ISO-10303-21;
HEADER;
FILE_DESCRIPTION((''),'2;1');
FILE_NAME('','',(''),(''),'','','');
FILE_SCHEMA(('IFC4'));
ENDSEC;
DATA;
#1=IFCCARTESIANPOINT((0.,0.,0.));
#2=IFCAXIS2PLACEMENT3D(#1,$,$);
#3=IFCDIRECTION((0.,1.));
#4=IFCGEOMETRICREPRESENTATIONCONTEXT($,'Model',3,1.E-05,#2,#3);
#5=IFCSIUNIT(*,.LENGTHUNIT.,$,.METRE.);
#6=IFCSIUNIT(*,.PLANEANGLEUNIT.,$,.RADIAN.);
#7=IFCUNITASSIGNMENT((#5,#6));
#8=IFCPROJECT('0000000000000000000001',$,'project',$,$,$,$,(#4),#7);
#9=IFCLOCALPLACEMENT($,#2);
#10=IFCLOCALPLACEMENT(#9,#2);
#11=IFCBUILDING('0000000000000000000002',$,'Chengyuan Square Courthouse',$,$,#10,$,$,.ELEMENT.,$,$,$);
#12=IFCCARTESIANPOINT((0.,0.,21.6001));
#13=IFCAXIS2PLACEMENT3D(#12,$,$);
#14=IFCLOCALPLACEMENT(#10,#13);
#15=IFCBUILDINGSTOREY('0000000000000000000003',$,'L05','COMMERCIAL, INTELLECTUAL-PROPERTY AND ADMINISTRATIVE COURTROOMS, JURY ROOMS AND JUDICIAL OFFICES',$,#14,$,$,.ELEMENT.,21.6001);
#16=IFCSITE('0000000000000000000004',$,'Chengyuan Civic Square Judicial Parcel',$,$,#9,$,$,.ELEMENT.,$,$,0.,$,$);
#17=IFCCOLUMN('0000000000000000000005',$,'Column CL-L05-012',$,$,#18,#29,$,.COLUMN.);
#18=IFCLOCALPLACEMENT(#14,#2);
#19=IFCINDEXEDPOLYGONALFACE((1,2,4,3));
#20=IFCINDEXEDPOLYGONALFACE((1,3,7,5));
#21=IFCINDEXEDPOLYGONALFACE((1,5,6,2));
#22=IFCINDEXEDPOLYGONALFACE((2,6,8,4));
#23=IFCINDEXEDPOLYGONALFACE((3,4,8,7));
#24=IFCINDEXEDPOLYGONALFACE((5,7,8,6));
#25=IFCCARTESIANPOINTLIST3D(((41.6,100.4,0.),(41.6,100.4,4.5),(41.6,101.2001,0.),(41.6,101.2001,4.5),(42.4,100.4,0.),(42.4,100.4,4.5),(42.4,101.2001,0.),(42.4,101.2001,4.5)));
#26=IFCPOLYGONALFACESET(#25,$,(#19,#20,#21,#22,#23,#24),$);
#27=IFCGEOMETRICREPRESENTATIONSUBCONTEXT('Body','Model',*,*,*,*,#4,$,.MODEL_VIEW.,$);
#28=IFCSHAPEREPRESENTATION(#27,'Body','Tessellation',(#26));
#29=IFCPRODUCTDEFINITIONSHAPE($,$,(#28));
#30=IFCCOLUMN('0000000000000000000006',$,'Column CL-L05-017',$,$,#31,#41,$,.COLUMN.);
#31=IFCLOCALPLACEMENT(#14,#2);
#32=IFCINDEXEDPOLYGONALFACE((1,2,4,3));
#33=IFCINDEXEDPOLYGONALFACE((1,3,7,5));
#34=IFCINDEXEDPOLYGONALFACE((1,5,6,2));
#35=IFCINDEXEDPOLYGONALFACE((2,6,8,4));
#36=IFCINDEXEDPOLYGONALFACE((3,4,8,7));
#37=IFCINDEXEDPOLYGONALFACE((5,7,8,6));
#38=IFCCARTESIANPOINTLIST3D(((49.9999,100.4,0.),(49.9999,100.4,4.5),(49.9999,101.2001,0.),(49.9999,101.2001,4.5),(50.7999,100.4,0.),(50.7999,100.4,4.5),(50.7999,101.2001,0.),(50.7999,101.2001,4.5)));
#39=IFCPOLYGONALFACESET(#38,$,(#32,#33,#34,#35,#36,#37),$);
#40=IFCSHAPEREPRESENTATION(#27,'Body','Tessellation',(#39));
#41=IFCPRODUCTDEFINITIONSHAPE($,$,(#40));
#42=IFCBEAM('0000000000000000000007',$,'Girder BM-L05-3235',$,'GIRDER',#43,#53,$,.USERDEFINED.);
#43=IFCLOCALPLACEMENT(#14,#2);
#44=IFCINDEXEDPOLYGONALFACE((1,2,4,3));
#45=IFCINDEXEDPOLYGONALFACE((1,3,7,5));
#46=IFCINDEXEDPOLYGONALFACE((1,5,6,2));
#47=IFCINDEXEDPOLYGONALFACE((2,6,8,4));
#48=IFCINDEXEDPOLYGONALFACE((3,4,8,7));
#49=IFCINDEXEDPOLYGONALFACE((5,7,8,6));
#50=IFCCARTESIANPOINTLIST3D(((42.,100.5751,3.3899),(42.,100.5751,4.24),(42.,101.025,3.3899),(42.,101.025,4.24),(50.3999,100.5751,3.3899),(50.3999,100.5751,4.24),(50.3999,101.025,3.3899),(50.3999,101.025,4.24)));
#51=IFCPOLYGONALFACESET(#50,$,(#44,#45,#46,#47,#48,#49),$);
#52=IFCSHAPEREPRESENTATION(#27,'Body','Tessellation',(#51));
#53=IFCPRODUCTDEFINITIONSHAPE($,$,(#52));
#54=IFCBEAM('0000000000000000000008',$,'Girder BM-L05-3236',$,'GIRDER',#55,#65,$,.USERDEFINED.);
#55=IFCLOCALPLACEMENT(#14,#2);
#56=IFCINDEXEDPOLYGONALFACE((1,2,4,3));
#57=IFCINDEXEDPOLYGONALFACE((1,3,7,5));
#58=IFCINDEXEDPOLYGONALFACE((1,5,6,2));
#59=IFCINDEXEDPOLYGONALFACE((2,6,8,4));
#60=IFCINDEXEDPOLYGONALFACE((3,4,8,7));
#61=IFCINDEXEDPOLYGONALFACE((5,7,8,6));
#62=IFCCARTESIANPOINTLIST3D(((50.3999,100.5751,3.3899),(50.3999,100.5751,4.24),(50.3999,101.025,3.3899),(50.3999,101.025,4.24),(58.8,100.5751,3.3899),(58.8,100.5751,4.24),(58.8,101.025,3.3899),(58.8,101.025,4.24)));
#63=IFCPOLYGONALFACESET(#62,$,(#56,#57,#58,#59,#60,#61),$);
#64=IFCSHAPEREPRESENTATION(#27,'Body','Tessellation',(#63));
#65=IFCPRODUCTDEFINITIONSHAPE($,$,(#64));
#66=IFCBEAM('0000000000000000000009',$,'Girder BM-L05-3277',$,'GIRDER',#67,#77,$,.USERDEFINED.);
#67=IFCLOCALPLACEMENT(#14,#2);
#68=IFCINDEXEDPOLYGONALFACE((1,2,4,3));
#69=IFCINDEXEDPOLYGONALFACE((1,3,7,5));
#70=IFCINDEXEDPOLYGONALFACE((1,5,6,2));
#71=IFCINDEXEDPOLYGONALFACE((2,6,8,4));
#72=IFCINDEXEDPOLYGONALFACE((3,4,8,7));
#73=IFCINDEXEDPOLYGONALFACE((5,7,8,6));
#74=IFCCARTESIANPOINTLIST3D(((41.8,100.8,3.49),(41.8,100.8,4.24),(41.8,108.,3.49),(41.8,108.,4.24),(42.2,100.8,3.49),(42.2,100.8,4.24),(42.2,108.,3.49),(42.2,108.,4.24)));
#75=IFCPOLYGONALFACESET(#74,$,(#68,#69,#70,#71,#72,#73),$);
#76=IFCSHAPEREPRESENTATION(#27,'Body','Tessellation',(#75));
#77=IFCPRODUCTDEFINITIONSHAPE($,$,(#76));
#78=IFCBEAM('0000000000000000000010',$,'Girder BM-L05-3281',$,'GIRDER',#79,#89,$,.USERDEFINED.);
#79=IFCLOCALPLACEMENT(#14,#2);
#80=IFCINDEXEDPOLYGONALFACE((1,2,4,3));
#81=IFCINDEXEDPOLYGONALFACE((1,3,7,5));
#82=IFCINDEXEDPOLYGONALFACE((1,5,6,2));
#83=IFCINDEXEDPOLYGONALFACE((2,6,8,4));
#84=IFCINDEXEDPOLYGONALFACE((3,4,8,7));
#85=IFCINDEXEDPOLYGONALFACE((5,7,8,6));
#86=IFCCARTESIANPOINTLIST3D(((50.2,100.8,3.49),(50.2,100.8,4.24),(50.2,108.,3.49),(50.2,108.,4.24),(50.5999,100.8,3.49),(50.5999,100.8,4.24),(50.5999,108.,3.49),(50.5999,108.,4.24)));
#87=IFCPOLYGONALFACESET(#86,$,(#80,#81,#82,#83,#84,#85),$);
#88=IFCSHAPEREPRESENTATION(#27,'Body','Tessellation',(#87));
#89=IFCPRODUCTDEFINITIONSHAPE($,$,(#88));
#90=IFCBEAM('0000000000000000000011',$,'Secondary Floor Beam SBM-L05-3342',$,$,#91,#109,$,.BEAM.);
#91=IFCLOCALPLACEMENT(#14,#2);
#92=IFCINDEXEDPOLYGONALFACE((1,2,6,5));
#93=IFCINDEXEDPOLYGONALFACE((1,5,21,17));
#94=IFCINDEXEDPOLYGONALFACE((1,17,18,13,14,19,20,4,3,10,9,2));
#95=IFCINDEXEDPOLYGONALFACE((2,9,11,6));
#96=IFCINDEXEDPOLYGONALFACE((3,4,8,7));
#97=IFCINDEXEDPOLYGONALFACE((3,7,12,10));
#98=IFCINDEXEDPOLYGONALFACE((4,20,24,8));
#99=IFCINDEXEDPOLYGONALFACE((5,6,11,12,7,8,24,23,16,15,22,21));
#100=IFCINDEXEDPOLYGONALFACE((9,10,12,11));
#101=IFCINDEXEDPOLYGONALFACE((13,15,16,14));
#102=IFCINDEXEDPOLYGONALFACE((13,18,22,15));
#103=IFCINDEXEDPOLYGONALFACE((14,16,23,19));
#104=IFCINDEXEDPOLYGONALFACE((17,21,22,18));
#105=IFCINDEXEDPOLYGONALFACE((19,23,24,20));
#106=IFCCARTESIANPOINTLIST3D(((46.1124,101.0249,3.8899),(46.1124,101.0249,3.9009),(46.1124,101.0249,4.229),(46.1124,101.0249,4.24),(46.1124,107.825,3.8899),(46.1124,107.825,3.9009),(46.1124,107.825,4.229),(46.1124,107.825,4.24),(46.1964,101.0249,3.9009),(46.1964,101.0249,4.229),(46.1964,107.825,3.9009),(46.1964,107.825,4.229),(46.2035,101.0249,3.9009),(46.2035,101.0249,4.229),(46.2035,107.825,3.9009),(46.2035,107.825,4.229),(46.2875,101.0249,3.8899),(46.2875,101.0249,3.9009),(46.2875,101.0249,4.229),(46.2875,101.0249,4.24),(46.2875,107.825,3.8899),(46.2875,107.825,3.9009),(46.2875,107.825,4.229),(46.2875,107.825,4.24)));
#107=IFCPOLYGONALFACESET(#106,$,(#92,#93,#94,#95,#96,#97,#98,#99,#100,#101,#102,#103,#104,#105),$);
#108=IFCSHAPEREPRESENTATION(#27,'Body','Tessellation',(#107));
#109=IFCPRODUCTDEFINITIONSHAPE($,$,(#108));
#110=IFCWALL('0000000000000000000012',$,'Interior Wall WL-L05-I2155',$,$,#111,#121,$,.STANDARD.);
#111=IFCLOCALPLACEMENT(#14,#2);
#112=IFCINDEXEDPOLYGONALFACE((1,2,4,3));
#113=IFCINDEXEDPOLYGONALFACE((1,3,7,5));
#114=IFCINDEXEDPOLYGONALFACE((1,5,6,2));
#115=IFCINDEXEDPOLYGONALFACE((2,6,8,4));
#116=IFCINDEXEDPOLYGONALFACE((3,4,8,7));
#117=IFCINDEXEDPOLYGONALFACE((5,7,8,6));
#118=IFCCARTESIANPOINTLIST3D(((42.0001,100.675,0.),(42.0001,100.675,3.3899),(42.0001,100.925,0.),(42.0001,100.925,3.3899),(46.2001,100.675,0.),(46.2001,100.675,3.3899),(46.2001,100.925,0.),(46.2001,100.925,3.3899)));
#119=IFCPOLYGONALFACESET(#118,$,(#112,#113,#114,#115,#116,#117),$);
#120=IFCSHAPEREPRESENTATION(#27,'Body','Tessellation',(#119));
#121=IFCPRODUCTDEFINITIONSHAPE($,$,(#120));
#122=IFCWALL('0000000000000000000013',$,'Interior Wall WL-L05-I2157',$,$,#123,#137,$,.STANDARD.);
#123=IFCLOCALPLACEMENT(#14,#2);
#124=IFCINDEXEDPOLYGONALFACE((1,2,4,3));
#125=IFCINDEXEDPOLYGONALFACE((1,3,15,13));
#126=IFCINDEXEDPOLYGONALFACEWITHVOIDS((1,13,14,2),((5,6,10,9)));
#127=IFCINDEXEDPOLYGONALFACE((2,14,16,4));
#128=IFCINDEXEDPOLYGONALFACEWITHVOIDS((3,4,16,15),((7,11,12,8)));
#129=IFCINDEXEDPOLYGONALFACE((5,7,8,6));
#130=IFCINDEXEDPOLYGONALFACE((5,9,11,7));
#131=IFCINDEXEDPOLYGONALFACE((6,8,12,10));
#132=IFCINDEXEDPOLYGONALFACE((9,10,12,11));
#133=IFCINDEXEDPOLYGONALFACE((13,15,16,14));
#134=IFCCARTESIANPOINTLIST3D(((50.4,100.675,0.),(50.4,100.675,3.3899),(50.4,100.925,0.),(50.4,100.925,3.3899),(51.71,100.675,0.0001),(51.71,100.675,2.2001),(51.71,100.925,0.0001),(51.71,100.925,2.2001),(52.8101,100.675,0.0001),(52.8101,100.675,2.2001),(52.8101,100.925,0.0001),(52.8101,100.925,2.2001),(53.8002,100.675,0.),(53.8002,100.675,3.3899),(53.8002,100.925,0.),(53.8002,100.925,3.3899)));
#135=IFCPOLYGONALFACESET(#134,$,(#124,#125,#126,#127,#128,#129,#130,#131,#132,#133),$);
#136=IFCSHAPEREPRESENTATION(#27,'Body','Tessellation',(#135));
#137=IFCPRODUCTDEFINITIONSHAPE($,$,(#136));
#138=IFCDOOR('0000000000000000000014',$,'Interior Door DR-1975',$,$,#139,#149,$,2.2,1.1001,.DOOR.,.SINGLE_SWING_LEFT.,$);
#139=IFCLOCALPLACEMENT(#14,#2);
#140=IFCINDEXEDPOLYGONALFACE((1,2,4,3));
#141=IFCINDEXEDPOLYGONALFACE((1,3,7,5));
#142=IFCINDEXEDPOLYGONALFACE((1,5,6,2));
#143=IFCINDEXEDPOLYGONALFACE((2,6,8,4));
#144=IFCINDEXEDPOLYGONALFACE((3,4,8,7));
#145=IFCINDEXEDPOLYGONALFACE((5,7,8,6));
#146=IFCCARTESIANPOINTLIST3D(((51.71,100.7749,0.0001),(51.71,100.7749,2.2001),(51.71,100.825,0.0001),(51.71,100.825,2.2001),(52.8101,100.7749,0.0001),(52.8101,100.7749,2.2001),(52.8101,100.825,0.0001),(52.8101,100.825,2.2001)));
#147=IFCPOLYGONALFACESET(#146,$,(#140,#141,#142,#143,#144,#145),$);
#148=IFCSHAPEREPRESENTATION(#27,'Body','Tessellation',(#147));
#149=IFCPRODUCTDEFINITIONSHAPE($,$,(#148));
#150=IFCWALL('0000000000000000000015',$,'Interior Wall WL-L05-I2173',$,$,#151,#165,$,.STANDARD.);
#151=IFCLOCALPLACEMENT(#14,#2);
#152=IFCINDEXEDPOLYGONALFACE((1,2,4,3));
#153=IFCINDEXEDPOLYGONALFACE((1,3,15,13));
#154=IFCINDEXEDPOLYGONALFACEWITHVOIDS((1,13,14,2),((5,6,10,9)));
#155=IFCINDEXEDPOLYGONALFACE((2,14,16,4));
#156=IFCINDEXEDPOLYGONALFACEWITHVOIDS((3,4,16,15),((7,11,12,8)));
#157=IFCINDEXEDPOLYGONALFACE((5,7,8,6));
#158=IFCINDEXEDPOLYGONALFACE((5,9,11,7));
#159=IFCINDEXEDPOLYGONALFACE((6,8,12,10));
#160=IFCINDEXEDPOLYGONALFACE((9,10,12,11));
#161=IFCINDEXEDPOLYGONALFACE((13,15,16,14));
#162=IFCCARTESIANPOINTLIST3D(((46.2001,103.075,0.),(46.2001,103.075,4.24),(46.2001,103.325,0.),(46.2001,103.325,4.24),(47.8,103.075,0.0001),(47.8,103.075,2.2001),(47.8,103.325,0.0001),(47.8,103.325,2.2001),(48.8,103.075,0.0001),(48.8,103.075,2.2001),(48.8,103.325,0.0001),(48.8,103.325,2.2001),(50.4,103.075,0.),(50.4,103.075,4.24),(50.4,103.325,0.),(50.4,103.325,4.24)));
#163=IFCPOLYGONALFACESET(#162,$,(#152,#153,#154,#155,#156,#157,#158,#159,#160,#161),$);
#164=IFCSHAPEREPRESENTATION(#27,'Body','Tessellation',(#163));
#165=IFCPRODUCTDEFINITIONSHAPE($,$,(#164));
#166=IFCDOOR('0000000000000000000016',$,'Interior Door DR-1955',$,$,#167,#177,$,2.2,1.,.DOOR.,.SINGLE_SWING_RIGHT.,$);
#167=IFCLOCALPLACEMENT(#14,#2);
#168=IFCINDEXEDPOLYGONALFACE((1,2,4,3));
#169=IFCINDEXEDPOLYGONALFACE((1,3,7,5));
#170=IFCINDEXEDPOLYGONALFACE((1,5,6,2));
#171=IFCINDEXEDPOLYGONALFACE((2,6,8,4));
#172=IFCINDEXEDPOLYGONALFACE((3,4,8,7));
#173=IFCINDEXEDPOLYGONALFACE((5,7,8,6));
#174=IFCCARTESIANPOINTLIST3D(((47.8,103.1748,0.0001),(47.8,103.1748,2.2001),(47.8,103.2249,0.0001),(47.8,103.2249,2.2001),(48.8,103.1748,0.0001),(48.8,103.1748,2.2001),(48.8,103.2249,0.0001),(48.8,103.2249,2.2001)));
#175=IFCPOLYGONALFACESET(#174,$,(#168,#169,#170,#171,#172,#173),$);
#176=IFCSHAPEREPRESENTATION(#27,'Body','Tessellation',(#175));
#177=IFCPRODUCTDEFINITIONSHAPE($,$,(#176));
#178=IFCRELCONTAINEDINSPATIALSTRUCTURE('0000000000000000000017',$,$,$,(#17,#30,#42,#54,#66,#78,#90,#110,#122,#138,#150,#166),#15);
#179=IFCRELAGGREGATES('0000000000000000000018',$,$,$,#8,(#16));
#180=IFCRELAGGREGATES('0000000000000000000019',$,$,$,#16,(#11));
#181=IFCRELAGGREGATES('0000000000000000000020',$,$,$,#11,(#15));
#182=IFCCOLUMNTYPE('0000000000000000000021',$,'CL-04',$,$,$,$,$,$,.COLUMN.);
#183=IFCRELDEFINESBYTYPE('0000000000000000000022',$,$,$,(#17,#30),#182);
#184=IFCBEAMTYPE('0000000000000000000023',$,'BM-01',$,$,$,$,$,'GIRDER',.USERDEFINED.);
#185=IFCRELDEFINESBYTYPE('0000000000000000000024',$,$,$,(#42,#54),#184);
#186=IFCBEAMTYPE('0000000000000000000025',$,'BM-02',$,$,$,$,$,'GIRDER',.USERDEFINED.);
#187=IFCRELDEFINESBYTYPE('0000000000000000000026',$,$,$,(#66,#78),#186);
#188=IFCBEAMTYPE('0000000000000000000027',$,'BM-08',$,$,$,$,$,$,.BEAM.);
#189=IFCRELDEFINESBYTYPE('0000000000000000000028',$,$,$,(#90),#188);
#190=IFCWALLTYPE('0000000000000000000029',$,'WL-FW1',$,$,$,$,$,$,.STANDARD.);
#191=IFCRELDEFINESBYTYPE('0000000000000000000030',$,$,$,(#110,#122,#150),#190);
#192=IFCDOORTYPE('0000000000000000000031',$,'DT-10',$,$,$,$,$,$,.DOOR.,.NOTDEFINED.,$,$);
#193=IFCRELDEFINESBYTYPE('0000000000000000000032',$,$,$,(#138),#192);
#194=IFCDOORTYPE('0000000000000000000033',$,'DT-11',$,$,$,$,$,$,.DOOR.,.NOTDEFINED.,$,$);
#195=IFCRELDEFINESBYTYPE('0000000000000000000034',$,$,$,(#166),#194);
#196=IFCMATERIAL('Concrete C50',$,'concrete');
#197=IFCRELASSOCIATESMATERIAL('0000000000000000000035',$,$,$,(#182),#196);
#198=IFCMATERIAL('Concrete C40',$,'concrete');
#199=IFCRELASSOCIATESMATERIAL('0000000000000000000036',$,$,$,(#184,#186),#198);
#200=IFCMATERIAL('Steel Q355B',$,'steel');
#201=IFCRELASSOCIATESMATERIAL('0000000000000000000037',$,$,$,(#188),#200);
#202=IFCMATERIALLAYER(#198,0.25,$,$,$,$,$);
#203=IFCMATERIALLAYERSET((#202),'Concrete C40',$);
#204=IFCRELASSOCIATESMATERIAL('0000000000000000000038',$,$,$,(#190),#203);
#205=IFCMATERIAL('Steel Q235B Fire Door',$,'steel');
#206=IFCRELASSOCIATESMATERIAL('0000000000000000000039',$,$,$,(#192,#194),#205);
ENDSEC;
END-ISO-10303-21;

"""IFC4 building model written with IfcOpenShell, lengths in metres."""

from ifc_helpers import new_model, si_unit, direction, frame, frame_2d, origin, origin_2d, place, context, subcontext, project, spatial, rectangle, i_section, extrude, material, layer, layer_set, material_profile, profile_set, type_object, element, fill, save


model = new_model("IFC4")

# Units and contexts
model_context = context("Model", 3, precision=1e-05, world=origin(), true_north=direction((0.0, 1.0)))
body_context = subcontext(model_context, "Body", "Model", "MODEL_VIEW")
ifc_project = project(units=[si_unit("LENGTHUNIT", "METRE"), si_unit("PLANEANGLEUNIT", "RADIAN")], contexts=[model_context])

# Site, building, storey
site_placement = place(None, origin())
site = spatial("IfcSite", under=ifc_project, at=site_placement, Name="Chengyuan Civic Square Judicial Parcel", CompositionType="ELEMENT", RefElevation=0.0)
building_placement = place(site_placement, origin())
building = spatial("IfcBuilding", under=site, at=building_placement, Name="Chengyuan Square Courthouse", CompositionType="ELEMENT")
storey_placement = place(building_placement, frame((0.0, 0.0, 21.6001)))
storey = spatial("IfcBuildingStorey", under=building, at=storey_placement, Name="L05", Description="COMMERCIAL, INTELLECTUAL-PROPERTY AND ADMINISTRATIVE COURTROOMS, JURY ROOMS AND JUDICIAL OFFICES", CompositionType="ELEMENT", Elevation=21.6001)

# Columns
ifc_material_1 = material(Name="Concrete C50", Category="concrete")
ifc_material_profile_1 = material_profile(ifc_material_1, rectangle(XDim=0.8, YDim=0.8, at=origin_2d()), Name="RC-COL-800x800")
ifc_profile_set_1 = profile_set([ifc_material_profile_1], Name="Concrete C50")
column_type = type_object("IfcColumnType", Name="CL-04", PredefinedType="COLUMN", material=ifc_profile_set_1)
for number, where, z_axis, x_axis, name in (
    (1, (42.0, 100.8, 0.0), (0.0, 0.0, 1.0), (1.0, 0.0, 0.0), "Column CL-L05-012"),
    (2, (50.3999, 100.8, 0.0), (0.0, 0.0, 1.0), (1.0, 0.0, 0.0), "Column CL-L05-017"),
):
    element("IfcColumn", number, at=place(storey_placement, frame(where, z_axis=z_axis, x_axis=x_axis)), inside=storey, type_object=column_type, Name=name, PredefinedType="COLUMN", context=body_context, shape_type="SweptSolid", body=[
        extrude(rectangle(XDim=0.8, YDim=0.8, at=origin_2d()), origin(), (0.0, 0.0, 1.0), 4.5),
    ])

# Beams
ifc_material_2 = material(Name="Concrete C40", Category="concrete")
ifc_material_profile_2 = material_profile(ifc_material_2, rectangle(XDim=0.45, YDim=0.8501, at=origin_2d()), Name="RC-BM-450x850")
ifc_profile_set_2 = profile_set([ifc_material_profile_2], Name="Concrete C40")
beam_type_1 = type_object("IfcBeamType", Name="BM-01", ElementType="GIRDER", PredefinedType="USERDEFINED", material=ifc_profile_set_2)
beam_1_placement = place(storey_placement, frame((42.0, 100.8, 3.8149), z_axis=(1.0, 0.0, 0.0), x_axis=(0.0, 1.0, 0.0)))
element("IfcBeam", 3, at=beam_1_placement, inside=storey, type_object=beam_type_1, Name="Girder BM-L05-3235", ObjectType="GIRDER", PredefinedType="USERDEFINED", context=body_context, shape_type="SweptSolid", body=[
    extrude(rectangle(XDim=0.45, YDim=0.8501, at=origin_2d()), origin(), (0.0, 0.0, 1.0), 8.3999),
])
beam_2_placement = place(storey_placement, frame((50.3999, 100.8, 3.8149), z_axis=(1.0, 0.0, 0.0), x_axis=(0.0, 1.0, 0.0)))
element("IfcBeam", 4, at=beam_2_placement, inside=storey, type_object=beam_type_1, Name="Girder BM-L05-3236", ObjectType="GIRDER", PredefinedType="USERDEFINED", context=body_context, shape_type="SweptSolid", body=[
    extrude(rectangle(XDim=0.45, YDim=0.8501, at=origin_2d()), origin(), (0.0, 0.0, 1.0), 8.4001),
])
ifc_material_profile_3 = material_profile(ifc_material_2, rectangle(XDim=0.3999, YDim=0.75, at=origin_2d()), Name="RC-BM-400x750")
ifc_profile_set_3 = profile_set([ifc_material_profile_3], Name="Concrete C40")
beam_type_2 = type_object("IfcBeamType", Name="BM-02", ElementType="GIRDER", PredefinedType="USERDEFINED", material=ifc_profile_set_3)
for number, where, z_axis, x_axis, name in (
    (5, (42.0, 100.8, 3.865), (0.0, 1.0, 0.0), (-1.0, 0.0, 0.0), "Girder BM-L05-3277"),
    (6, (50.3999, 100.8, 3.865), (0.0, 1.0, 0.0), (-1.0, 0.0, 0.0), "Girder BM-L05-3281"),
):
    element("IfcBeam", number, at=place(storey_placement, frame(where, z_axis=z_axis, x_axis=x_axis)), inside=storey, type_object=beam_type_2, Name=name, ObjectType="GIRDER", PredefinedType="USERDEFINED", context=body_context, shape_type="SweptSolid", body=[
        extrude(rectangle(XDim=0.3999, YDim=0.75, at=origin_2d()), origin(), (0.0, 0.0, 1.0), 7.2),
    ])
ifc_material_3 = material(Name="Steel Q355B", Category="steel")
ifc_material_profile_4 = material_profile(ifc_material_3, i_section(OverallWidth=0.175, OverallDepth=0.3501, WebThickness=0.0071, FlangeThickness=0.011, at=origin_2d()), Name="HN 350x175x7x11")
ifc_profile_set_4 = profile_set([ifc_material_profile_4], Name="Steel Q355B")
beam_type_3 = type_object("IfcBeamType", Name="BM-08", PredefinedType="BEAM", material=ifc_profile_set_4)
beam_3_placement = place(storey_placement, frame((46.2, 101.0249, 4.0649), z_axis=(0.0, 1.0, 0.0), x_axis=(-1.0, 0.0, 0.0)))
element("IfcBeam", 7, at=beam_3_placement, inside=storey, type_object=beam_type_3, Name="Secondary Floor Beam SBM-L05-3342", PredefinedType="BEAM", context=body_context, shape_type="SweptSolid", body=[
    extrude(i_section(OverallWidth=0.175, OverallDepth=0.3501, WebThickness=0.0071, FlangeThickness=0.011, at=origin_2d()), origin(), (0.0, 0.0, 1.0), 6.8),
])

# Wall
ifc_layer_1 = layer(ifc_material_2, 0.25)
ifc_layer_set_1 = layer_set([ifc_layer_1], Name="Concrete C40")
wall_type_1 = type_object("IfcWallType", Name="WL-FW1", PredefinedType="STANDARD", material=ifc_layer_set_1)
wall_1_placement = place(storey_placement, frame((42.0, 100.8, 0.0), z_axis=(0.0, 0.0, 1.0), x_axis=(1.0, 0.0, 0.0)))
element("IfcWall", 8, at=wall_1_placement, inside=storey, type_object=wall_type_1, Name="Interior Wall WL-L05-I2155", PredefinedType="STANDARD", context=body_context, shape_type="SweptSolid", body=[
    extrude(rectangle(XDim=4.2, YDim=0.25, at=frame_2d((2.1001, 0.0))), origin(), (0.0, 0.0, 1.0), 3.3899),
])

# Walls, openings, doors
wall_2_placement = place(storey_placement, frame((50.3999, 100.8, 0.0), z_axis=(0.0, 0.0, 1.0), x_axis=(1.0, 0.0, 0.0)))
wall_2 = element("IfcWall", 9, at=wall_2_placement, inside=storey, type_object=wall_type_1, Name="Interior Wall WL-L05-I2157", PredefinedType="STANDARD", context=body_context, shape_type="SweptSolid", body=[
    extrude(rectangle(XDim=3.4001, YDim=0.25, at=frame_2d((1.7002, 0.0))), origin(), (0.0, 0.0, 1.0), 3.3899),
])
opening_1_placement = place(wall_2_placement, frame((1.3101, 0.0, 0.0)))
opening_1 = element("IfcOpeningElement", 10, at=opening_1_placement, cuts=wall_2, PredefinedType="OPENING", context=body_context, shape_type="SweptSolid", body=[
    extrude(rectangle(XDim=1.1001, YDim=2.2, at=frame_2d((0.55, 1.1001))), frame((0.0, 0.137, 0.0), z_axis=(0.0, -1.0, 0.0), x_axis=(1.0, 0.0, 0.0)), (0.0, 0.0, 1.0), 0.2739),
])
ifc_material_4 = material(Name="Steel Q235B Fire Door", Category="steel")
door_type_1 = type_object("IfcDoorType", Name="DT-10", OperationType="NOTDEFINED", PredefinedType="DOOR", material=ifc_material_4)
door_1_placement = place(opening_1_placement, origin())
door_1 = element("IfcDoor", 11, at=door_1_placement, inside=storey, type_object=door_type_1, Name="Interior Door DR-1975", OperationType="SINGLE_SWING_LEFT", OverallHeight=2.2, OverallWidth=1.1001, PredefinedType="DOOR", context=body_context, shape_type="SweptSolid", body=[
    extrude(rectangle(XDim=1.1001, YDim=2.2, at=frame_2d((0.55, 1.1001))), frame((0.0, 0.0249, 0.0), z_axis=(0.0, -1.0, 0.0), x_axis=(1.0, 0.0, 0.0)), (0.0, 0.0, 1.0), 0.05),
])
fill(opening_1, door_1)
wall_3_placement = place(storey_placement, frame((46.2, 103.2, 0.0), z_axis=(0.0, 0.0, 1.0), x_axis=(1.0, 0.0, 0.0)))
wall_3 = element("IfcWall", 12, at=wall_3_placement, inside=storey, type_object=wall_type_1, Name="Interior Wall WL-L05-I2173", PredefinedType="STANDARD", context=body_context, shape_type="SweptSolid", body=[
    extrude(rectangle(XDim=4.2, YDim=0.25, at=frame_2d((2.1001, 0.0))), origin(), (0.0, 0.0, 1.0), 4.24),
])
opening_2_placement = place(wall_3_placement, frame((1.6001, 0.0, 0.0)))
opening_2 = element("IfcOpeningElement", 13, at=opening_2_placement, cuts=wall_3, PredefinedType="OPENING", context=body_context, shape_type="SweptSolid", body=[
    extrude(rectangle(XDim=1.0, YDim=2.2, at=frame_2d((0.5, 1.1001))), frame((0.0, 0.137, 0.0), z_axis=(0.0, -1.0, 0.0), x_axis=(1.0, 0.0, 0.0)), (0.0, 0.0, 1.0), 0.2739),
])
door_type_2 = type_object("IfcDoorType", Name="DT-11", OperationType="NOTDEFINED", PredefinedType="DOOR", material=ifc_material_4)
door_2_placement = place(opening_2_placement, origin())
door_2 = element("IfcDoor", 14, at=door_2_placement, inside=storey, type_object=door_type_2, Name="Interior Door DR-1955", OperationType="SINGLE_SWING_RIGHT", OverallHeight=2.2, OverallWidth=1.0, PredefinedType="DOOR", context=body_context, shape_type="SweptSolid", body=[
    extrude(rectangle(XDim=1.0, YDim=2.2, at=frame_2d((0.5, 1.1001))), frame((0.0, 0.0249, 0.0), z_axis=(0.0, -1.0, 0.0), x_axis=(1.0, 0.0, 0.0)), (0.0, 0.0, 1.0), 0.05),
])
fill(opening_2, door_2)

save(model, "model.ifc")
